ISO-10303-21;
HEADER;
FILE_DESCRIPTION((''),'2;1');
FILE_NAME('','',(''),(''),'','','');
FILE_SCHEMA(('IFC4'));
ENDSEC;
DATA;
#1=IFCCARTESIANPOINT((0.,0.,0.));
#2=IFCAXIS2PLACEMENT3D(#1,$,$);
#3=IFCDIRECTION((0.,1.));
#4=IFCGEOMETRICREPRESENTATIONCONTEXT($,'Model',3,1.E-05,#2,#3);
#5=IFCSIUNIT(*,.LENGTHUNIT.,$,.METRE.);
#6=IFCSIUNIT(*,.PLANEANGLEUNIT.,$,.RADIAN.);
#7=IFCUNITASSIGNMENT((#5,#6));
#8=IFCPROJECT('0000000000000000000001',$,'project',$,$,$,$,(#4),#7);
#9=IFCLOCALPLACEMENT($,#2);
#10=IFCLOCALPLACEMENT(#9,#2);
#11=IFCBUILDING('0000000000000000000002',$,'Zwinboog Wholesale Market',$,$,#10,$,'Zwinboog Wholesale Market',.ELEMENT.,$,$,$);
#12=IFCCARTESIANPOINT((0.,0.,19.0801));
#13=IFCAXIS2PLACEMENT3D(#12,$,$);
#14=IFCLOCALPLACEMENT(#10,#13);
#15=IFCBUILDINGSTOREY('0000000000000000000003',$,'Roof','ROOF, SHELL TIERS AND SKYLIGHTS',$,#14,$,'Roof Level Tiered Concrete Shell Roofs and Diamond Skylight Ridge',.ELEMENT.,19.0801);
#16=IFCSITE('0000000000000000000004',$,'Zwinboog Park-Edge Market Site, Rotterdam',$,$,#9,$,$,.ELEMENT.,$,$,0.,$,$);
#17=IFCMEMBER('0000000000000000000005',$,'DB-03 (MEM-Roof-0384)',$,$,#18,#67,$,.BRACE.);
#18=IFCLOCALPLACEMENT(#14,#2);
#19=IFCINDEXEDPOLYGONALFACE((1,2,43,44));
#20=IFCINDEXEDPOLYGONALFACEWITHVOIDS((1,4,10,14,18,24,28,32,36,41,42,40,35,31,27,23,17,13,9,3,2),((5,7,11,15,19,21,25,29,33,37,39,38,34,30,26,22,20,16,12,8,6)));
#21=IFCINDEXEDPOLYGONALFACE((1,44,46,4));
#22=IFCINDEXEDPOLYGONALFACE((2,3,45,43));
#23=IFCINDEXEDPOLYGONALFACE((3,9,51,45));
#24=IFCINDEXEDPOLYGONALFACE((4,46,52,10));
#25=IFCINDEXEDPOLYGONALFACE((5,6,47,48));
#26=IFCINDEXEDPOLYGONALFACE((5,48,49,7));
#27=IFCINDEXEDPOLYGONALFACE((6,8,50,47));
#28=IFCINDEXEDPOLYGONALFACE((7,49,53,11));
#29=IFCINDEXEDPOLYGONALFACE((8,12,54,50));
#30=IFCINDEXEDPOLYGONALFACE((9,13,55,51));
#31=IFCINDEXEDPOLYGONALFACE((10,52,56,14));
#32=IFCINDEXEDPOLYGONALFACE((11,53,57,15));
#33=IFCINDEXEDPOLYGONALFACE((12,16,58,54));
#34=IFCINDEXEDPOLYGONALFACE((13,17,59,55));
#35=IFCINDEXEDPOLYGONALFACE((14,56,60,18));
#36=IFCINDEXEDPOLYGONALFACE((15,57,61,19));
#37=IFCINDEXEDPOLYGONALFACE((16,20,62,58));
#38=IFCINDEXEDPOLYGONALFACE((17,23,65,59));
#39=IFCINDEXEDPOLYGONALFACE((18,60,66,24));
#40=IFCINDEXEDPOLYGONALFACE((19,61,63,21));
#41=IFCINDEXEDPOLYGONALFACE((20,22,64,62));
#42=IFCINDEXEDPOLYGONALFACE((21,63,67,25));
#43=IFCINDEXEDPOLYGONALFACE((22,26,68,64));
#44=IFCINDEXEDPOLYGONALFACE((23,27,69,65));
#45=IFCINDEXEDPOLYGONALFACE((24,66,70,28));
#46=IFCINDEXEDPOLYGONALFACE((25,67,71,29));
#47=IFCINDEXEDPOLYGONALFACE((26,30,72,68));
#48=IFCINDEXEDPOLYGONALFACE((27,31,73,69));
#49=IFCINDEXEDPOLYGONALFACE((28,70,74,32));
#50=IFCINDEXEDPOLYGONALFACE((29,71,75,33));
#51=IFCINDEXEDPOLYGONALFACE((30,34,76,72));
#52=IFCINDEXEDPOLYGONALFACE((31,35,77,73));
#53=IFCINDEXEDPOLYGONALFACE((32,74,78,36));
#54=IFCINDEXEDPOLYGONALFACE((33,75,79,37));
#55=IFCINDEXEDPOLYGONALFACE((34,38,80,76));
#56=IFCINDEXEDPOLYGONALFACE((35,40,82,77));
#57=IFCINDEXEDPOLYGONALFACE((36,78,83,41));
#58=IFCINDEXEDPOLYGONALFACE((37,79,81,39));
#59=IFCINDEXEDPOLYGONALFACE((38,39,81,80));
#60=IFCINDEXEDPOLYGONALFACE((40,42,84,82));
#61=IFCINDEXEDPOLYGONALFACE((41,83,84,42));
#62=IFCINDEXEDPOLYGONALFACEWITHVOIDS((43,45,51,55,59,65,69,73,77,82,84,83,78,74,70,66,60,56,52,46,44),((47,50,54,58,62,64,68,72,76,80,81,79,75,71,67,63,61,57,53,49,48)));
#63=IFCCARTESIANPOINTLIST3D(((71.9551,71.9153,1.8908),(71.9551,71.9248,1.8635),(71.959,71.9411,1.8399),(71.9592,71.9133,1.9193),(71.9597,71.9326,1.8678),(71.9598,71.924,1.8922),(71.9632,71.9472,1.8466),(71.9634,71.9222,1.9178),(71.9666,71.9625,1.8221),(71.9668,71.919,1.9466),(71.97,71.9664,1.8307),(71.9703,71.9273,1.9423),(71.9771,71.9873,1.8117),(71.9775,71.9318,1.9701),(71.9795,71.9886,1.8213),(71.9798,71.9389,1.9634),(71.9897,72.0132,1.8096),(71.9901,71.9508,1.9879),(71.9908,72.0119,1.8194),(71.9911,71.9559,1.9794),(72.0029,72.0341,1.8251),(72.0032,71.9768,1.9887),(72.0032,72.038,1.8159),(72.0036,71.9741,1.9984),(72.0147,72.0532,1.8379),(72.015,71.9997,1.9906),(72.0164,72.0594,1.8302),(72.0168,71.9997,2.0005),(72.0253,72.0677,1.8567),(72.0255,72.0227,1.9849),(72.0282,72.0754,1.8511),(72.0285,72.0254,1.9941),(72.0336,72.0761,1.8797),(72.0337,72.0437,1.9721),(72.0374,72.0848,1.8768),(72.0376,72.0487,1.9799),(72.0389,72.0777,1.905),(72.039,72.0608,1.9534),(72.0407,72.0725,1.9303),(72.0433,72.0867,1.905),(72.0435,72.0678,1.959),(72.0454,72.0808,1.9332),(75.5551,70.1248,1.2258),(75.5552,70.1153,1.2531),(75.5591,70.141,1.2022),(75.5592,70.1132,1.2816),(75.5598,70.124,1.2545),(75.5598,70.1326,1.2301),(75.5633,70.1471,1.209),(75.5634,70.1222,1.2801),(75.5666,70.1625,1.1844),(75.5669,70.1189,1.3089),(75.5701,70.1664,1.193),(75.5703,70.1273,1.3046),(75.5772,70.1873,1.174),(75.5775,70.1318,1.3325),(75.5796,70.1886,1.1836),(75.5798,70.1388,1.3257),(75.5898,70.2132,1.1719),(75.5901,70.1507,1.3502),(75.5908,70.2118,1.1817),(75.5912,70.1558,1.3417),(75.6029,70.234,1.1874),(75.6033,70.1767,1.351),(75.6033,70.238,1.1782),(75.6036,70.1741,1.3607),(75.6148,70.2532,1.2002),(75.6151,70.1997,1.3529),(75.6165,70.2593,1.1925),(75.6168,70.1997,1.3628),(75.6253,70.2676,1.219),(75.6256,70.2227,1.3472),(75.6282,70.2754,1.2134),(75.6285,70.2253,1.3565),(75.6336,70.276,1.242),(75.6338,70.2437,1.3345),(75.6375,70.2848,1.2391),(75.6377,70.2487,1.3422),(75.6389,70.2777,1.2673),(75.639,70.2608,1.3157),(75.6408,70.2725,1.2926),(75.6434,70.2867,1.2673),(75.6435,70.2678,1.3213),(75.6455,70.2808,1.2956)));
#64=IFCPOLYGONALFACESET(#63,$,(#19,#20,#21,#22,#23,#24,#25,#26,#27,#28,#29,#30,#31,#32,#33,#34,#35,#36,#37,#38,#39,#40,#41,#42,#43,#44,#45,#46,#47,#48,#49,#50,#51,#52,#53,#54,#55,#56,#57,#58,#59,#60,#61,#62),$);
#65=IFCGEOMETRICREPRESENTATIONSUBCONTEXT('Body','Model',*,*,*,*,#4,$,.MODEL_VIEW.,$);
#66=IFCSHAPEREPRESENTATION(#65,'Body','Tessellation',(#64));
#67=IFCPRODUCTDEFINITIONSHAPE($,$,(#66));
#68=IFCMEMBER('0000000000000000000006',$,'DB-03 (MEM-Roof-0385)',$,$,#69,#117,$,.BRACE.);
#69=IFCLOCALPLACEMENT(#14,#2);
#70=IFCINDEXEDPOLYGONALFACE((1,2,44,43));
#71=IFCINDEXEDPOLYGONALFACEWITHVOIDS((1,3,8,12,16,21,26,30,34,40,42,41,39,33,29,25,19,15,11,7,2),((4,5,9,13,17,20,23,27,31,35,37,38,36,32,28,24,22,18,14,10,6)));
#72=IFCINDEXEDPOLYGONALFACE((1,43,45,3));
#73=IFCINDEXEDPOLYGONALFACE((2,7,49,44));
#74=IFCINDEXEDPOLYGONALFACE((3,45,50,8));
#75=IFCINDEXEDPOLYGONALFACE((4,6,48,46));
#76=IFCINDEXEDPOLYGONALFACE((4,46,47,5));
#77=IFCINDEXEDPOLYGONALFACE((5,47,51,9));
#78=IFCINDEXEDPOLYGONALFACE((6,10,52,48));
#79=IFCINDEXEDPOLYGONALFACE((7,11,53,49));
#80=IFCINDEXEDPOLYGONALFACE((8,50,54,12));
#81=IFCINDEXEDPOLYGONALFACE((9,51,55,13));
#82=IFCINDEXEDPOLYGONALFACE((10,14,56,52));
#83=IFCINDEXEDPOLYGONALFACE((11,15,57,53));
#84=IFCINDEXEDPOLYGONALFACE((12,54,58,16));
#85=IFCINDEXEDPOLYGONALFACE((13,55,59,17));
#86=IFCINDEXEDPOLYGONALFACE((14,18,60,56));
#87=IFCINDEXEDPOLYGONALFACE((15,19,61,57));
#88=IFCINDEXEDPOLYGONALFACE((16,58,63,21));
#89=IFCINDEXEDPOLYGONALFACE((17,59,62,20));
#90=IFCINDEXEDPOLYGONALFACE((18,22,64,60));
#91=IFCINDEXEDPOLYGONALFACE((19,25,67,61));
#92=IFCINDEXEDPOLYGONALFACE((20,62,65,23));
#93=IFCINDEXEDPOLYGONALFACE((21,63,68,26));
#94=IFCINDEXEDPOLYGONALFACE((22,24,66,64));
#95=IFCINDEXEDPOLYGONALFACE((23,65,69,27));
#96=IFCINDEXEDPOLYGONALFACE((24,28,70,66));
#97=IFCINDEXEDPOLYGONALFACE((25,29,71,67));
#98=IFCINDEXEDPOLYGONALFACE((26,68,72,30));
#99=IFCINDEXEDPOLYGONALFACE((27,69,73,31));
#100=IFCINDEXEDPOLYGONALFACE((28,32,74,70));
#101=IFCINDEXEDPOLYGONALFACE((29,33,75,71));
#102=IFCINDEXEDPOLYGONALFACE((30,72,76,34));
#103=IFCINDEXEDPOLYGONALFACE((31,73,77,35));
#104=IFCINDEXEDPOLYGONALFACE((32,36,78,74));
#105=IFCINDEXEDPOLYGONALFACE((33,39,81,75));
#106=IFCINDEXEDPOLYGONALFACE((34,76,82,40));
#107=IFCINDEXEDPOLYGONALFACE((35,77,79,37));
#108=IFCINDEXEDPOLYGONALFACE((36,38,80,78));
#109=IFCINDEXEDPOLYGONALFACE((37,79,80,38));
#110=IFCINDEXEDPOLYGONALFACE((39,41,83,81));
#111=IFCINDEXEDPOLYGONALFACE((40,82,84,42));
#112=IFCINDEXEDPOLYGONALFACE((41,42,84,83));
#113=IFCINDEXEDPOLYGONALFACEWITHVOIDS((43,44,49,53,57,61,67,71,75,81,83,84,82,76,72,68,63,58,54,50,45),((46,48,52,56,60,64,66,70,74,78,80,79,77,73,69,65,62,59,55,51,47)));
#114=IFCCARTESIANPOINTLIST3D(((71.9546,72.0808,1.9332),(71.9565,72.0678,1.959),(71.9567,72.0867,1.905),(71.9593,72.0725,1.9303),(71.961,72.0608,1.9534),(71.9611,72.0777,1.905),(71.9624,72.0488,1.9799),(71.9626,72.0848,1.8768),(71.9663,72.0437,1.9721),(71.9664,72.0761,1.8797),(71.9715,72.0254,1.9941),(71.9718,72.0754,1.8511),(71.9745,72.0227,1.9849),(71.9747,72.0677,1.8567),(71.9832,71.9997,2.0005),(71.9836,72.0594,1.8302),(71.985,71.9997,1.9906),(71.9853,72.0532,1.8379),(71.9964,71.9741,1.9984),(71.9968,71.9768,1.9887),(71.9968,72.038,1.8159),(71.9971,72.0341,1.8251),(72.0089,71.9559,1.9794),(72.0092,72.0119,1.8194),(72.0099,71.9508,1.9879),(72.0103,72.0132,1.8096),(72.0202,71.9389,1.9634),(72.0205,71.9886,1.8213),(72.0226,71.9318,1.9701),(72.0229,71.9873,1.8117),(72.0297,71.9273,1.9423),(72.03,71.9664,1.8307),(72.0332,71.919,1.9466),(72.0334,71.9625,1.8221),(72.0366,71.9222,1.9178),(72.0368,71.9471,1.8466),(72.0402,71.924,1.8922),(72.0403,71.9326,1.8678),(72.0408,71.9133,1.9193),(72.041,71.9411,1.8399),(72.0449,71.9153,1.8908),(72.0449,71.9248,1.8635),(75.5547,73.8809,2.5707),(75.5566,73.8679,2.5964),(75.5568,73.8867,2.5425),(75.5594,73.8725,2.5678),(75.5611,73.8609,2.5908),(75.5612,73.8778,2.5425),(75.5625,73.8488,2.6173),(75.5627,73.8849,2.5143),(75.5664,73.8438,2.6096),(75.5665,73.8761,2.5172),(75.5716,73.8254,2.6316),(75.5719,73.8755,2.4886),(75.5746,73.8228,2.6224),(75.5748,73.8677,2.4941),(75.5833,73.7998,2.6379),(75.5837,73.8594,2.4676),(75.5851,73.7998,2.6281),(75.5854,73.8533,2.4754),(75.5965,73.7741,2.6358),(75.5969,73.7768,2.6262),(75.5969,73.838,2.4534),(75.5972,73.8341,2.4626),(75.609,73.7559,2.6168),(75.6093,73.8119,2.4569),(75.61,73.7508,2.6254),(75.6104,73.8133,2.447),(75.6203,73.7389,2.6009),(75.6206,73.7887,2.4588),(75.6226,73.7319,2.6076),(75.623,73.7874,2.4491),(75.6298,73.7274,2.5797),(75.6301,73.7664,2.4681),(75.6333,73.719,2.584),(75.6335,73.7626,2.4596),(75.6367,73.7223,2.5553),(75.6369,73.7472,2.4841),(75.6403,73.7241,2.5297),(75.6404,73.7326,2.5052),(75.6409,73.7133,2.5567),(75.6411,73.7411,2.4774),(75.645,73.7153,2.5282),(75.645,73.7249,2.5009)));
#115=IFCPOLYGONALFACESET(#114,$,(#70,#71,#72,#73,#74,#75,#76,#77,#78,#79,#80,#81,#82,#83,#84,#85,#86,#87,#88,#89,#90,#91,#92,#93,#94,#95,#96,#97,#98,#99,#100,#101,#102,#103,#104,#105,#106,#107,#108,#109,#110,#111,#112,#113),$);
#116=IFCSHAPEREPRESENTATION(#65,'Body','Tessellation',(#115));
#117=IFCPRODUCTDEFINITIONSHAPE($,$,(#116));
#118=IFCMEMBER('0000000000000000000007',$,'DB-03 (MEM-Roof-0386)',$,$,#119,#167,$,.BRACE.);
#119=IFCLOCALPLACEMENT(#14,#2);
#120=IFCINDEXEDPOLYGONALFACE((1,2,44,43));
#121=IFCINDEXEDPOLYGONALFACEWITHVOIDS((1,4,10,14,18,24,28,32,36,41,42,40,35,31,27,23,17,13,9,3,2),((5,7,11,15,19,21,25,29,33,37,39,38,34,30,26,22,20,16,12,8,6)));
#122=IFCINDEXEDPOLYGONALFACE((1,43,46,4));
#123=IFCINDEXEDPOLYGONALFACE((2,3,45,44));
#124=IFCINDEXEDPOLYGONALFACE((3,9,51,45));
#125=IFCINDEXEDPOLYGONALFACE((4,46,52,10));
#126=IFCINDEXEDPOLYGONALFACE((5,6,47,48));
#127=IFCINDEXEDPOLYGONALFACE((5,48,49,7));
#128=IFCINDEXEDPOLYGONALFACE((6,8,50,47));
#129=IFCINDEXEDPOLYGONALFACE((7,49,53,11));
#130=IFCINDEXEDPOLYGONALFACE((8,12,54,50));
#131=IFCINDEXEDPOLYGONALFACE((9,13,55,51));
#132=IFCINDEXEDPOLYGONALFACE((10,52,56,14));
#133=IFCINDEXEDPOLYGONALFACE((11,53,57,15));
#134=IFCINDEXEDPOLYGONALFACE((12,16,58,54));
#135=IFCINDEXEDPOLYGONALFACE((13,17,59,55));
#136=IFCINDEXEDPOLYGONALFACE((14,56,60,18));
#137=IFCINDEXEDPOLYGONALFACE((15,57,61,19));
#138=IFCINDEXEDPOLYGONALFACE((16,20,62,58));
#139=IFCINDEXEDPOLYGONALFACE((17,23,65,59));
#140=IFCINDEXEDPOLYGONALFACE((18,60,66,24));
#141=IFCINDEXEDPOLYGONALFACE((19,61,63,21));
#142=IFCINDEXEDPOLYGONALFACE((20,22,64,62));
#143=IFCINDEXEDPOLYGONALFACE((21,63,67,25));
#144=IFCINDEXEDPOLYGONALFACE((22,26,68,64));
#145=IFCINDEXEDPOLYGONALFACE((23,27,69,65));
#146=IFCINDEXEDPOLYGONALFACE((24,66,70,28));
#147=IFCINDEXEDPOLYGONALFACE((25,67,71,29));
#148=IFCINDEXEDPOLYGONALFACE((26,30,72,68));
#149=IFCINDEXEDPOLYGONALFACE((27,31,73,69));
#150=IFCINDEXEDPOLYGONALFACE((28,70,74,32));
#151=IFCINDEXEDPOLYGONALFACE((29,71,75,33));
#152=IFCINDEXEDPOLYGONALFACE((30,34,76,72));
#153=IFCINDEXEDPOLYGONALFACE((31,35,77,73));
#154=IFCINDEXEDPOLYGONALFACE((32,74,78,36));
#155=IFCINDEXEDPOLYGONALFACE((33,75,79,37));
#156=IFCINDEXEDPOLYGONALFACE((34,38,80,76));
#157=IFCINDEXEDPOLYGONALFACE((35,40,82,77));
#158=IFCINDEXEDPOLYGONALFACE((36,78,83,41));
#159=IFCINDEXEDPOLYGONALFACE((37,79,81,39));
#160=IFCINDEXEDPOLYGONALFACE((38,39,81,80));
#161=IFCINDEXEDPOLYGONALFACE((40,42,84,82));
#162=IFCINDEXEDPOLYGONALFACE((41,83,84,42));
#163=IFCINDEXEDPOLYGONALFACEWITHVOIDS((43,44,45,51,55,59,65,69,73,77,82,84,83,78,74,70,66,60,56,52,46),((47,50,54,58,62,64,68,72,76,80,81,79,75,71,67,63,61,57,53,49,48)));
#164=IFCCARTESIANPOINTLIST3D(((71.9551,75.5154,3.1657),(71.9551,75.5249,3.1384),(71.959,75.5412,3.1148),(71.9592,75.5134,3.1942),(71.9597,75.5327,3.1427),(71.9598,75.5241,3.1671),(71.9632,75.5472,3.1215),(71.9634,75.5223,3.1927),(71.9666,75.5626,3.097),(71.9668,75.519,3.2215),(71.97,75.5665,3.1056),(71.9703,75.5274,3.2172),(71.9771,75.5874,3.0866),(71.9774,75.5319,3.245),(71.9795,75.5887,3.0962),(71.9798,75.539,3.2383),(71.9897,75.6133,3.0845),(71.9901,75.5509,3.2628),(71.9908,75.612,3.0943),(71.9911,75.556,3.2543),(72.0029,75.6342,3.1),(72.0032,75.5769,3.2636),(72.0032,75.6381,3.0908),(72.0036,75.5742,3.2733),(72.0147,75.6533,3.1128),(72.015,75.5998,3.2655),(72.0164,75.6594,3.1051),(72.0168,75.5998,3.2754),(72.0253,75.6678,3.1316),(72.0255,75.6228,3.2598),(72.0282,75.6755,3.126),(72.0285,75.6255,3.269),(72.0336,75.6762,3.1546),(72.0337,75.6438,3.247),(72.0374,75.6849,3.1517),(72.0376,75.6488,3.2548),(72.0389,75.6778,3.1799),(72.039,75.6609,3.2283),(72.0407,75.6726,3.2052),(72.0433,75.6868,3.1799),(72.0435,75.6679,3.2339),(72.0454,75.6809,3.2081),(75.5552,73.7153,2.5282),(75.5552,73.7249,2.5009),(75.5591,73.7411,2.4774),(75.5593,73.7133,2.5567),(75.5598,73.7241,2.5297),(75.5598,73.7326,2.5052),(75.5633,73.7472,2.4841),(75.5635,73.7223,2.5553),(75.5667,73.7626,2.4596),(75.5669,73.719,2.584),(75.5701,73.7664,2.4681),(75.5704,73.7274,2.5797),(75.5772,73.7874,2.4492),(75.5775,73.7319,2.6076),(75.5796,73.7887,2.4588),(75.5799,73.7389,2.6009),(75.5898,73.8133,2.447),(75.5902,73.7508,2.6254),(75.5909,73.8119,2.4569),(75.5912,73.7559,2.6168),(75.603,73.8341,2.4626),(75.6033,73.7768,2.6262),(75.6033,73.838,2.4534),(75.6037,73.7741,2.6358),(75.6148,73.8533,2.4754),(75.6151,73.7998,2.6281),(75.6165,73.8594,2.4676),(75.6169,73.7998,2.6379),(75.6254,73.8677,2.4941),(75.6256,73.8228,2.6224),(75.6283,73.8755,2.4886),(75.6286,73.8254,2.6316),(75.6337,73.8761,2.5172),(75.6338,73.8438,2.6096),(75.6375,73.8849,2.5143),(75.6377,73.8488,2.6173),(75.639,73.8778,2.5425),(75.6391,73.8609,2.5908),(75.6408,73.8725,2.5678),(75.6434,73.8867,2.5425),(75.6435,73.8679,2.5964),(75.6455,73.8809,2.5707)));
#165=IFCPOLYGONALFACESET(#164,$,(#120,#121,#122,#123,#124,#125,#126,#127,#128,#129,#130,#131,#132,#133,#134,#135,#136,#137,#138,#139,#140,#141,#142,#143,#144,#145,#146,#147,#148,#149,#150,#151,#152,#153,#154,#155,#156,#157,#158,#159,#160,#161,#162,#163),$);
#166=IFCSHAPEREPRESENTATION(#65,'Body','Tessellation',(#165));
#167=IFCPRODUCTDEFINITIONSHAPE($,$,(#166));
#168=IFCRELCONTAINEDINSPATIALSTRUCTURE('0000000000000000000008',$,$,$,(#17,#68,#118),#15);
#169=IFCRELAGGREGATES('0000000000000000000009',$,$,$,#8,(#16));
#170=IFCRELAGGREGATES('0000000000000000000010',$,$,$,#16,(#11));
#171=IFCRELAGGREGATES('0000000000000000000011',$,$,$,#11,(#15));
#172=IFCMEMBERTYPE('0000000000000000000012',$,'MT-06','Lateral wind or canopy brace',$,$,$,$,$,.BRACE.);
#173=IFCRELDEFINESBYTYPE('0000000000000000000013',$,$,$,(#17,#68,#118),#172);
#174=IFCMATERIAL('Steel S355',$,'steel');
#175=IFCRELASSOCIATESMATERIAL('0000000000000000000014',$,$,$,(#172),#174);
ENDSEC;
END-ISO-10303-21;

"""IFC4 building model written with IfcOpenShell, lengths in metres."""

from ifc_helpers import new_model, si_unit, direction, frame, origin, origin_2d, place, context, subcontext, project, spatial, hollow_circle, extrude, material, material_profile, profile_set, type_object, element, save


model = new_model("IFC4")

# Units and contexts
model_context = context("Model", 3, precision=1e-05, world=origin(), true_north=direction((0.0, 1.0)))
body_context = subcontext(model_context, "Body", "Model", "MODEL_VIEW")
ifc_project = project(units=[si_unit("LENGTHUNIT", "METRE"), si_unit("PLANEANGLEUNIT", "RADIAN")], contexts=[model_context])

# Site, building, storey
site_placement = place(None, origin())
site = spatial("IfcSite", under=ifc_project, at=site_placement, Name="Zwinboog Park-Edge Market Site, Rotterdam", CompositionType="ELEMENT", RefElevation=0.0)
building_placement = place(site_placement, origin())
building = spatial("IfcBuilding", under=site, at=building_placement, Name="Zwinboog Wholesale Market", LongName="Zwinboog Wholesale Market", CompositionType="ELEMENT")
storey_placement = place(building_placement, frame((0.0, 0.0, 19.0801)))
storey = spatial("IfcBuildingStorey", under=building, at=storey_placement, Name="Roof", Description="ROOF, SHELL TIERS AND SKYLIGHTS", LongName="Roof Level Tiered Concrete Shell Roofs and Diamond Skylight Ridge", CompositionType="ELEMENT", Elevation=19.0801)

# Members
ifc_material_1 = material(Name="Steel S355", Category="steel")
ifc_material_profile_1 = material_profile(ifc_material_1, hollow_circle(Radius=0.0969, WallThickness=0.01, at=origin_2d()), Name="CHS 193.7x10")
ifc_profile_set_1 = profile_set([ifc_material_profile_1], Name="Steel S355")
member_type_1 = type_object("IfcMemberType", Name="MT-06", Description="Lateral wind or canopy brace", PredefinedType="BRACE", material=ifc_profile_set_1)
for number, where, z_axis, x_axis, name in (
    (1, (72.0, 72.0, 1.905), (0.883409, -0.441704, -0.156481), (0.447214, 0.894427, 0.0), "DB-03 (MEM-Roof-0384)"),
    (2, (72.0, 72.0, 1.905), (0.883417, 0.441709, 0.156422), (-0.447214, 0.894427, 0.0), "DB-03 (MEM-Roof-0385)"),
    (3, (72.0, 75.6001, 3.1799), (0.883417, -0.441709, -0.156422), (0.447214, 0.894427, 0.0), "DB-03 (MEM-Roof-0386)"),
):
    element("IfcMember", number, at=place(storey_placement, frame(where, z_axis=z_axis, x_axis=x_axis)), inside=storey, type_object=member_type_1, Name=name, PredefinedType="BRACE", context=body_context, shape_type="SweptSolid", body=[
        extrude(hollow_circle(Radius=0.0969, WallThickness=0.01, at=origin_2d()), origin(), (0.0, 0.0, 1.0), 4.0752),
    ])

save(model, "model.ifc")
